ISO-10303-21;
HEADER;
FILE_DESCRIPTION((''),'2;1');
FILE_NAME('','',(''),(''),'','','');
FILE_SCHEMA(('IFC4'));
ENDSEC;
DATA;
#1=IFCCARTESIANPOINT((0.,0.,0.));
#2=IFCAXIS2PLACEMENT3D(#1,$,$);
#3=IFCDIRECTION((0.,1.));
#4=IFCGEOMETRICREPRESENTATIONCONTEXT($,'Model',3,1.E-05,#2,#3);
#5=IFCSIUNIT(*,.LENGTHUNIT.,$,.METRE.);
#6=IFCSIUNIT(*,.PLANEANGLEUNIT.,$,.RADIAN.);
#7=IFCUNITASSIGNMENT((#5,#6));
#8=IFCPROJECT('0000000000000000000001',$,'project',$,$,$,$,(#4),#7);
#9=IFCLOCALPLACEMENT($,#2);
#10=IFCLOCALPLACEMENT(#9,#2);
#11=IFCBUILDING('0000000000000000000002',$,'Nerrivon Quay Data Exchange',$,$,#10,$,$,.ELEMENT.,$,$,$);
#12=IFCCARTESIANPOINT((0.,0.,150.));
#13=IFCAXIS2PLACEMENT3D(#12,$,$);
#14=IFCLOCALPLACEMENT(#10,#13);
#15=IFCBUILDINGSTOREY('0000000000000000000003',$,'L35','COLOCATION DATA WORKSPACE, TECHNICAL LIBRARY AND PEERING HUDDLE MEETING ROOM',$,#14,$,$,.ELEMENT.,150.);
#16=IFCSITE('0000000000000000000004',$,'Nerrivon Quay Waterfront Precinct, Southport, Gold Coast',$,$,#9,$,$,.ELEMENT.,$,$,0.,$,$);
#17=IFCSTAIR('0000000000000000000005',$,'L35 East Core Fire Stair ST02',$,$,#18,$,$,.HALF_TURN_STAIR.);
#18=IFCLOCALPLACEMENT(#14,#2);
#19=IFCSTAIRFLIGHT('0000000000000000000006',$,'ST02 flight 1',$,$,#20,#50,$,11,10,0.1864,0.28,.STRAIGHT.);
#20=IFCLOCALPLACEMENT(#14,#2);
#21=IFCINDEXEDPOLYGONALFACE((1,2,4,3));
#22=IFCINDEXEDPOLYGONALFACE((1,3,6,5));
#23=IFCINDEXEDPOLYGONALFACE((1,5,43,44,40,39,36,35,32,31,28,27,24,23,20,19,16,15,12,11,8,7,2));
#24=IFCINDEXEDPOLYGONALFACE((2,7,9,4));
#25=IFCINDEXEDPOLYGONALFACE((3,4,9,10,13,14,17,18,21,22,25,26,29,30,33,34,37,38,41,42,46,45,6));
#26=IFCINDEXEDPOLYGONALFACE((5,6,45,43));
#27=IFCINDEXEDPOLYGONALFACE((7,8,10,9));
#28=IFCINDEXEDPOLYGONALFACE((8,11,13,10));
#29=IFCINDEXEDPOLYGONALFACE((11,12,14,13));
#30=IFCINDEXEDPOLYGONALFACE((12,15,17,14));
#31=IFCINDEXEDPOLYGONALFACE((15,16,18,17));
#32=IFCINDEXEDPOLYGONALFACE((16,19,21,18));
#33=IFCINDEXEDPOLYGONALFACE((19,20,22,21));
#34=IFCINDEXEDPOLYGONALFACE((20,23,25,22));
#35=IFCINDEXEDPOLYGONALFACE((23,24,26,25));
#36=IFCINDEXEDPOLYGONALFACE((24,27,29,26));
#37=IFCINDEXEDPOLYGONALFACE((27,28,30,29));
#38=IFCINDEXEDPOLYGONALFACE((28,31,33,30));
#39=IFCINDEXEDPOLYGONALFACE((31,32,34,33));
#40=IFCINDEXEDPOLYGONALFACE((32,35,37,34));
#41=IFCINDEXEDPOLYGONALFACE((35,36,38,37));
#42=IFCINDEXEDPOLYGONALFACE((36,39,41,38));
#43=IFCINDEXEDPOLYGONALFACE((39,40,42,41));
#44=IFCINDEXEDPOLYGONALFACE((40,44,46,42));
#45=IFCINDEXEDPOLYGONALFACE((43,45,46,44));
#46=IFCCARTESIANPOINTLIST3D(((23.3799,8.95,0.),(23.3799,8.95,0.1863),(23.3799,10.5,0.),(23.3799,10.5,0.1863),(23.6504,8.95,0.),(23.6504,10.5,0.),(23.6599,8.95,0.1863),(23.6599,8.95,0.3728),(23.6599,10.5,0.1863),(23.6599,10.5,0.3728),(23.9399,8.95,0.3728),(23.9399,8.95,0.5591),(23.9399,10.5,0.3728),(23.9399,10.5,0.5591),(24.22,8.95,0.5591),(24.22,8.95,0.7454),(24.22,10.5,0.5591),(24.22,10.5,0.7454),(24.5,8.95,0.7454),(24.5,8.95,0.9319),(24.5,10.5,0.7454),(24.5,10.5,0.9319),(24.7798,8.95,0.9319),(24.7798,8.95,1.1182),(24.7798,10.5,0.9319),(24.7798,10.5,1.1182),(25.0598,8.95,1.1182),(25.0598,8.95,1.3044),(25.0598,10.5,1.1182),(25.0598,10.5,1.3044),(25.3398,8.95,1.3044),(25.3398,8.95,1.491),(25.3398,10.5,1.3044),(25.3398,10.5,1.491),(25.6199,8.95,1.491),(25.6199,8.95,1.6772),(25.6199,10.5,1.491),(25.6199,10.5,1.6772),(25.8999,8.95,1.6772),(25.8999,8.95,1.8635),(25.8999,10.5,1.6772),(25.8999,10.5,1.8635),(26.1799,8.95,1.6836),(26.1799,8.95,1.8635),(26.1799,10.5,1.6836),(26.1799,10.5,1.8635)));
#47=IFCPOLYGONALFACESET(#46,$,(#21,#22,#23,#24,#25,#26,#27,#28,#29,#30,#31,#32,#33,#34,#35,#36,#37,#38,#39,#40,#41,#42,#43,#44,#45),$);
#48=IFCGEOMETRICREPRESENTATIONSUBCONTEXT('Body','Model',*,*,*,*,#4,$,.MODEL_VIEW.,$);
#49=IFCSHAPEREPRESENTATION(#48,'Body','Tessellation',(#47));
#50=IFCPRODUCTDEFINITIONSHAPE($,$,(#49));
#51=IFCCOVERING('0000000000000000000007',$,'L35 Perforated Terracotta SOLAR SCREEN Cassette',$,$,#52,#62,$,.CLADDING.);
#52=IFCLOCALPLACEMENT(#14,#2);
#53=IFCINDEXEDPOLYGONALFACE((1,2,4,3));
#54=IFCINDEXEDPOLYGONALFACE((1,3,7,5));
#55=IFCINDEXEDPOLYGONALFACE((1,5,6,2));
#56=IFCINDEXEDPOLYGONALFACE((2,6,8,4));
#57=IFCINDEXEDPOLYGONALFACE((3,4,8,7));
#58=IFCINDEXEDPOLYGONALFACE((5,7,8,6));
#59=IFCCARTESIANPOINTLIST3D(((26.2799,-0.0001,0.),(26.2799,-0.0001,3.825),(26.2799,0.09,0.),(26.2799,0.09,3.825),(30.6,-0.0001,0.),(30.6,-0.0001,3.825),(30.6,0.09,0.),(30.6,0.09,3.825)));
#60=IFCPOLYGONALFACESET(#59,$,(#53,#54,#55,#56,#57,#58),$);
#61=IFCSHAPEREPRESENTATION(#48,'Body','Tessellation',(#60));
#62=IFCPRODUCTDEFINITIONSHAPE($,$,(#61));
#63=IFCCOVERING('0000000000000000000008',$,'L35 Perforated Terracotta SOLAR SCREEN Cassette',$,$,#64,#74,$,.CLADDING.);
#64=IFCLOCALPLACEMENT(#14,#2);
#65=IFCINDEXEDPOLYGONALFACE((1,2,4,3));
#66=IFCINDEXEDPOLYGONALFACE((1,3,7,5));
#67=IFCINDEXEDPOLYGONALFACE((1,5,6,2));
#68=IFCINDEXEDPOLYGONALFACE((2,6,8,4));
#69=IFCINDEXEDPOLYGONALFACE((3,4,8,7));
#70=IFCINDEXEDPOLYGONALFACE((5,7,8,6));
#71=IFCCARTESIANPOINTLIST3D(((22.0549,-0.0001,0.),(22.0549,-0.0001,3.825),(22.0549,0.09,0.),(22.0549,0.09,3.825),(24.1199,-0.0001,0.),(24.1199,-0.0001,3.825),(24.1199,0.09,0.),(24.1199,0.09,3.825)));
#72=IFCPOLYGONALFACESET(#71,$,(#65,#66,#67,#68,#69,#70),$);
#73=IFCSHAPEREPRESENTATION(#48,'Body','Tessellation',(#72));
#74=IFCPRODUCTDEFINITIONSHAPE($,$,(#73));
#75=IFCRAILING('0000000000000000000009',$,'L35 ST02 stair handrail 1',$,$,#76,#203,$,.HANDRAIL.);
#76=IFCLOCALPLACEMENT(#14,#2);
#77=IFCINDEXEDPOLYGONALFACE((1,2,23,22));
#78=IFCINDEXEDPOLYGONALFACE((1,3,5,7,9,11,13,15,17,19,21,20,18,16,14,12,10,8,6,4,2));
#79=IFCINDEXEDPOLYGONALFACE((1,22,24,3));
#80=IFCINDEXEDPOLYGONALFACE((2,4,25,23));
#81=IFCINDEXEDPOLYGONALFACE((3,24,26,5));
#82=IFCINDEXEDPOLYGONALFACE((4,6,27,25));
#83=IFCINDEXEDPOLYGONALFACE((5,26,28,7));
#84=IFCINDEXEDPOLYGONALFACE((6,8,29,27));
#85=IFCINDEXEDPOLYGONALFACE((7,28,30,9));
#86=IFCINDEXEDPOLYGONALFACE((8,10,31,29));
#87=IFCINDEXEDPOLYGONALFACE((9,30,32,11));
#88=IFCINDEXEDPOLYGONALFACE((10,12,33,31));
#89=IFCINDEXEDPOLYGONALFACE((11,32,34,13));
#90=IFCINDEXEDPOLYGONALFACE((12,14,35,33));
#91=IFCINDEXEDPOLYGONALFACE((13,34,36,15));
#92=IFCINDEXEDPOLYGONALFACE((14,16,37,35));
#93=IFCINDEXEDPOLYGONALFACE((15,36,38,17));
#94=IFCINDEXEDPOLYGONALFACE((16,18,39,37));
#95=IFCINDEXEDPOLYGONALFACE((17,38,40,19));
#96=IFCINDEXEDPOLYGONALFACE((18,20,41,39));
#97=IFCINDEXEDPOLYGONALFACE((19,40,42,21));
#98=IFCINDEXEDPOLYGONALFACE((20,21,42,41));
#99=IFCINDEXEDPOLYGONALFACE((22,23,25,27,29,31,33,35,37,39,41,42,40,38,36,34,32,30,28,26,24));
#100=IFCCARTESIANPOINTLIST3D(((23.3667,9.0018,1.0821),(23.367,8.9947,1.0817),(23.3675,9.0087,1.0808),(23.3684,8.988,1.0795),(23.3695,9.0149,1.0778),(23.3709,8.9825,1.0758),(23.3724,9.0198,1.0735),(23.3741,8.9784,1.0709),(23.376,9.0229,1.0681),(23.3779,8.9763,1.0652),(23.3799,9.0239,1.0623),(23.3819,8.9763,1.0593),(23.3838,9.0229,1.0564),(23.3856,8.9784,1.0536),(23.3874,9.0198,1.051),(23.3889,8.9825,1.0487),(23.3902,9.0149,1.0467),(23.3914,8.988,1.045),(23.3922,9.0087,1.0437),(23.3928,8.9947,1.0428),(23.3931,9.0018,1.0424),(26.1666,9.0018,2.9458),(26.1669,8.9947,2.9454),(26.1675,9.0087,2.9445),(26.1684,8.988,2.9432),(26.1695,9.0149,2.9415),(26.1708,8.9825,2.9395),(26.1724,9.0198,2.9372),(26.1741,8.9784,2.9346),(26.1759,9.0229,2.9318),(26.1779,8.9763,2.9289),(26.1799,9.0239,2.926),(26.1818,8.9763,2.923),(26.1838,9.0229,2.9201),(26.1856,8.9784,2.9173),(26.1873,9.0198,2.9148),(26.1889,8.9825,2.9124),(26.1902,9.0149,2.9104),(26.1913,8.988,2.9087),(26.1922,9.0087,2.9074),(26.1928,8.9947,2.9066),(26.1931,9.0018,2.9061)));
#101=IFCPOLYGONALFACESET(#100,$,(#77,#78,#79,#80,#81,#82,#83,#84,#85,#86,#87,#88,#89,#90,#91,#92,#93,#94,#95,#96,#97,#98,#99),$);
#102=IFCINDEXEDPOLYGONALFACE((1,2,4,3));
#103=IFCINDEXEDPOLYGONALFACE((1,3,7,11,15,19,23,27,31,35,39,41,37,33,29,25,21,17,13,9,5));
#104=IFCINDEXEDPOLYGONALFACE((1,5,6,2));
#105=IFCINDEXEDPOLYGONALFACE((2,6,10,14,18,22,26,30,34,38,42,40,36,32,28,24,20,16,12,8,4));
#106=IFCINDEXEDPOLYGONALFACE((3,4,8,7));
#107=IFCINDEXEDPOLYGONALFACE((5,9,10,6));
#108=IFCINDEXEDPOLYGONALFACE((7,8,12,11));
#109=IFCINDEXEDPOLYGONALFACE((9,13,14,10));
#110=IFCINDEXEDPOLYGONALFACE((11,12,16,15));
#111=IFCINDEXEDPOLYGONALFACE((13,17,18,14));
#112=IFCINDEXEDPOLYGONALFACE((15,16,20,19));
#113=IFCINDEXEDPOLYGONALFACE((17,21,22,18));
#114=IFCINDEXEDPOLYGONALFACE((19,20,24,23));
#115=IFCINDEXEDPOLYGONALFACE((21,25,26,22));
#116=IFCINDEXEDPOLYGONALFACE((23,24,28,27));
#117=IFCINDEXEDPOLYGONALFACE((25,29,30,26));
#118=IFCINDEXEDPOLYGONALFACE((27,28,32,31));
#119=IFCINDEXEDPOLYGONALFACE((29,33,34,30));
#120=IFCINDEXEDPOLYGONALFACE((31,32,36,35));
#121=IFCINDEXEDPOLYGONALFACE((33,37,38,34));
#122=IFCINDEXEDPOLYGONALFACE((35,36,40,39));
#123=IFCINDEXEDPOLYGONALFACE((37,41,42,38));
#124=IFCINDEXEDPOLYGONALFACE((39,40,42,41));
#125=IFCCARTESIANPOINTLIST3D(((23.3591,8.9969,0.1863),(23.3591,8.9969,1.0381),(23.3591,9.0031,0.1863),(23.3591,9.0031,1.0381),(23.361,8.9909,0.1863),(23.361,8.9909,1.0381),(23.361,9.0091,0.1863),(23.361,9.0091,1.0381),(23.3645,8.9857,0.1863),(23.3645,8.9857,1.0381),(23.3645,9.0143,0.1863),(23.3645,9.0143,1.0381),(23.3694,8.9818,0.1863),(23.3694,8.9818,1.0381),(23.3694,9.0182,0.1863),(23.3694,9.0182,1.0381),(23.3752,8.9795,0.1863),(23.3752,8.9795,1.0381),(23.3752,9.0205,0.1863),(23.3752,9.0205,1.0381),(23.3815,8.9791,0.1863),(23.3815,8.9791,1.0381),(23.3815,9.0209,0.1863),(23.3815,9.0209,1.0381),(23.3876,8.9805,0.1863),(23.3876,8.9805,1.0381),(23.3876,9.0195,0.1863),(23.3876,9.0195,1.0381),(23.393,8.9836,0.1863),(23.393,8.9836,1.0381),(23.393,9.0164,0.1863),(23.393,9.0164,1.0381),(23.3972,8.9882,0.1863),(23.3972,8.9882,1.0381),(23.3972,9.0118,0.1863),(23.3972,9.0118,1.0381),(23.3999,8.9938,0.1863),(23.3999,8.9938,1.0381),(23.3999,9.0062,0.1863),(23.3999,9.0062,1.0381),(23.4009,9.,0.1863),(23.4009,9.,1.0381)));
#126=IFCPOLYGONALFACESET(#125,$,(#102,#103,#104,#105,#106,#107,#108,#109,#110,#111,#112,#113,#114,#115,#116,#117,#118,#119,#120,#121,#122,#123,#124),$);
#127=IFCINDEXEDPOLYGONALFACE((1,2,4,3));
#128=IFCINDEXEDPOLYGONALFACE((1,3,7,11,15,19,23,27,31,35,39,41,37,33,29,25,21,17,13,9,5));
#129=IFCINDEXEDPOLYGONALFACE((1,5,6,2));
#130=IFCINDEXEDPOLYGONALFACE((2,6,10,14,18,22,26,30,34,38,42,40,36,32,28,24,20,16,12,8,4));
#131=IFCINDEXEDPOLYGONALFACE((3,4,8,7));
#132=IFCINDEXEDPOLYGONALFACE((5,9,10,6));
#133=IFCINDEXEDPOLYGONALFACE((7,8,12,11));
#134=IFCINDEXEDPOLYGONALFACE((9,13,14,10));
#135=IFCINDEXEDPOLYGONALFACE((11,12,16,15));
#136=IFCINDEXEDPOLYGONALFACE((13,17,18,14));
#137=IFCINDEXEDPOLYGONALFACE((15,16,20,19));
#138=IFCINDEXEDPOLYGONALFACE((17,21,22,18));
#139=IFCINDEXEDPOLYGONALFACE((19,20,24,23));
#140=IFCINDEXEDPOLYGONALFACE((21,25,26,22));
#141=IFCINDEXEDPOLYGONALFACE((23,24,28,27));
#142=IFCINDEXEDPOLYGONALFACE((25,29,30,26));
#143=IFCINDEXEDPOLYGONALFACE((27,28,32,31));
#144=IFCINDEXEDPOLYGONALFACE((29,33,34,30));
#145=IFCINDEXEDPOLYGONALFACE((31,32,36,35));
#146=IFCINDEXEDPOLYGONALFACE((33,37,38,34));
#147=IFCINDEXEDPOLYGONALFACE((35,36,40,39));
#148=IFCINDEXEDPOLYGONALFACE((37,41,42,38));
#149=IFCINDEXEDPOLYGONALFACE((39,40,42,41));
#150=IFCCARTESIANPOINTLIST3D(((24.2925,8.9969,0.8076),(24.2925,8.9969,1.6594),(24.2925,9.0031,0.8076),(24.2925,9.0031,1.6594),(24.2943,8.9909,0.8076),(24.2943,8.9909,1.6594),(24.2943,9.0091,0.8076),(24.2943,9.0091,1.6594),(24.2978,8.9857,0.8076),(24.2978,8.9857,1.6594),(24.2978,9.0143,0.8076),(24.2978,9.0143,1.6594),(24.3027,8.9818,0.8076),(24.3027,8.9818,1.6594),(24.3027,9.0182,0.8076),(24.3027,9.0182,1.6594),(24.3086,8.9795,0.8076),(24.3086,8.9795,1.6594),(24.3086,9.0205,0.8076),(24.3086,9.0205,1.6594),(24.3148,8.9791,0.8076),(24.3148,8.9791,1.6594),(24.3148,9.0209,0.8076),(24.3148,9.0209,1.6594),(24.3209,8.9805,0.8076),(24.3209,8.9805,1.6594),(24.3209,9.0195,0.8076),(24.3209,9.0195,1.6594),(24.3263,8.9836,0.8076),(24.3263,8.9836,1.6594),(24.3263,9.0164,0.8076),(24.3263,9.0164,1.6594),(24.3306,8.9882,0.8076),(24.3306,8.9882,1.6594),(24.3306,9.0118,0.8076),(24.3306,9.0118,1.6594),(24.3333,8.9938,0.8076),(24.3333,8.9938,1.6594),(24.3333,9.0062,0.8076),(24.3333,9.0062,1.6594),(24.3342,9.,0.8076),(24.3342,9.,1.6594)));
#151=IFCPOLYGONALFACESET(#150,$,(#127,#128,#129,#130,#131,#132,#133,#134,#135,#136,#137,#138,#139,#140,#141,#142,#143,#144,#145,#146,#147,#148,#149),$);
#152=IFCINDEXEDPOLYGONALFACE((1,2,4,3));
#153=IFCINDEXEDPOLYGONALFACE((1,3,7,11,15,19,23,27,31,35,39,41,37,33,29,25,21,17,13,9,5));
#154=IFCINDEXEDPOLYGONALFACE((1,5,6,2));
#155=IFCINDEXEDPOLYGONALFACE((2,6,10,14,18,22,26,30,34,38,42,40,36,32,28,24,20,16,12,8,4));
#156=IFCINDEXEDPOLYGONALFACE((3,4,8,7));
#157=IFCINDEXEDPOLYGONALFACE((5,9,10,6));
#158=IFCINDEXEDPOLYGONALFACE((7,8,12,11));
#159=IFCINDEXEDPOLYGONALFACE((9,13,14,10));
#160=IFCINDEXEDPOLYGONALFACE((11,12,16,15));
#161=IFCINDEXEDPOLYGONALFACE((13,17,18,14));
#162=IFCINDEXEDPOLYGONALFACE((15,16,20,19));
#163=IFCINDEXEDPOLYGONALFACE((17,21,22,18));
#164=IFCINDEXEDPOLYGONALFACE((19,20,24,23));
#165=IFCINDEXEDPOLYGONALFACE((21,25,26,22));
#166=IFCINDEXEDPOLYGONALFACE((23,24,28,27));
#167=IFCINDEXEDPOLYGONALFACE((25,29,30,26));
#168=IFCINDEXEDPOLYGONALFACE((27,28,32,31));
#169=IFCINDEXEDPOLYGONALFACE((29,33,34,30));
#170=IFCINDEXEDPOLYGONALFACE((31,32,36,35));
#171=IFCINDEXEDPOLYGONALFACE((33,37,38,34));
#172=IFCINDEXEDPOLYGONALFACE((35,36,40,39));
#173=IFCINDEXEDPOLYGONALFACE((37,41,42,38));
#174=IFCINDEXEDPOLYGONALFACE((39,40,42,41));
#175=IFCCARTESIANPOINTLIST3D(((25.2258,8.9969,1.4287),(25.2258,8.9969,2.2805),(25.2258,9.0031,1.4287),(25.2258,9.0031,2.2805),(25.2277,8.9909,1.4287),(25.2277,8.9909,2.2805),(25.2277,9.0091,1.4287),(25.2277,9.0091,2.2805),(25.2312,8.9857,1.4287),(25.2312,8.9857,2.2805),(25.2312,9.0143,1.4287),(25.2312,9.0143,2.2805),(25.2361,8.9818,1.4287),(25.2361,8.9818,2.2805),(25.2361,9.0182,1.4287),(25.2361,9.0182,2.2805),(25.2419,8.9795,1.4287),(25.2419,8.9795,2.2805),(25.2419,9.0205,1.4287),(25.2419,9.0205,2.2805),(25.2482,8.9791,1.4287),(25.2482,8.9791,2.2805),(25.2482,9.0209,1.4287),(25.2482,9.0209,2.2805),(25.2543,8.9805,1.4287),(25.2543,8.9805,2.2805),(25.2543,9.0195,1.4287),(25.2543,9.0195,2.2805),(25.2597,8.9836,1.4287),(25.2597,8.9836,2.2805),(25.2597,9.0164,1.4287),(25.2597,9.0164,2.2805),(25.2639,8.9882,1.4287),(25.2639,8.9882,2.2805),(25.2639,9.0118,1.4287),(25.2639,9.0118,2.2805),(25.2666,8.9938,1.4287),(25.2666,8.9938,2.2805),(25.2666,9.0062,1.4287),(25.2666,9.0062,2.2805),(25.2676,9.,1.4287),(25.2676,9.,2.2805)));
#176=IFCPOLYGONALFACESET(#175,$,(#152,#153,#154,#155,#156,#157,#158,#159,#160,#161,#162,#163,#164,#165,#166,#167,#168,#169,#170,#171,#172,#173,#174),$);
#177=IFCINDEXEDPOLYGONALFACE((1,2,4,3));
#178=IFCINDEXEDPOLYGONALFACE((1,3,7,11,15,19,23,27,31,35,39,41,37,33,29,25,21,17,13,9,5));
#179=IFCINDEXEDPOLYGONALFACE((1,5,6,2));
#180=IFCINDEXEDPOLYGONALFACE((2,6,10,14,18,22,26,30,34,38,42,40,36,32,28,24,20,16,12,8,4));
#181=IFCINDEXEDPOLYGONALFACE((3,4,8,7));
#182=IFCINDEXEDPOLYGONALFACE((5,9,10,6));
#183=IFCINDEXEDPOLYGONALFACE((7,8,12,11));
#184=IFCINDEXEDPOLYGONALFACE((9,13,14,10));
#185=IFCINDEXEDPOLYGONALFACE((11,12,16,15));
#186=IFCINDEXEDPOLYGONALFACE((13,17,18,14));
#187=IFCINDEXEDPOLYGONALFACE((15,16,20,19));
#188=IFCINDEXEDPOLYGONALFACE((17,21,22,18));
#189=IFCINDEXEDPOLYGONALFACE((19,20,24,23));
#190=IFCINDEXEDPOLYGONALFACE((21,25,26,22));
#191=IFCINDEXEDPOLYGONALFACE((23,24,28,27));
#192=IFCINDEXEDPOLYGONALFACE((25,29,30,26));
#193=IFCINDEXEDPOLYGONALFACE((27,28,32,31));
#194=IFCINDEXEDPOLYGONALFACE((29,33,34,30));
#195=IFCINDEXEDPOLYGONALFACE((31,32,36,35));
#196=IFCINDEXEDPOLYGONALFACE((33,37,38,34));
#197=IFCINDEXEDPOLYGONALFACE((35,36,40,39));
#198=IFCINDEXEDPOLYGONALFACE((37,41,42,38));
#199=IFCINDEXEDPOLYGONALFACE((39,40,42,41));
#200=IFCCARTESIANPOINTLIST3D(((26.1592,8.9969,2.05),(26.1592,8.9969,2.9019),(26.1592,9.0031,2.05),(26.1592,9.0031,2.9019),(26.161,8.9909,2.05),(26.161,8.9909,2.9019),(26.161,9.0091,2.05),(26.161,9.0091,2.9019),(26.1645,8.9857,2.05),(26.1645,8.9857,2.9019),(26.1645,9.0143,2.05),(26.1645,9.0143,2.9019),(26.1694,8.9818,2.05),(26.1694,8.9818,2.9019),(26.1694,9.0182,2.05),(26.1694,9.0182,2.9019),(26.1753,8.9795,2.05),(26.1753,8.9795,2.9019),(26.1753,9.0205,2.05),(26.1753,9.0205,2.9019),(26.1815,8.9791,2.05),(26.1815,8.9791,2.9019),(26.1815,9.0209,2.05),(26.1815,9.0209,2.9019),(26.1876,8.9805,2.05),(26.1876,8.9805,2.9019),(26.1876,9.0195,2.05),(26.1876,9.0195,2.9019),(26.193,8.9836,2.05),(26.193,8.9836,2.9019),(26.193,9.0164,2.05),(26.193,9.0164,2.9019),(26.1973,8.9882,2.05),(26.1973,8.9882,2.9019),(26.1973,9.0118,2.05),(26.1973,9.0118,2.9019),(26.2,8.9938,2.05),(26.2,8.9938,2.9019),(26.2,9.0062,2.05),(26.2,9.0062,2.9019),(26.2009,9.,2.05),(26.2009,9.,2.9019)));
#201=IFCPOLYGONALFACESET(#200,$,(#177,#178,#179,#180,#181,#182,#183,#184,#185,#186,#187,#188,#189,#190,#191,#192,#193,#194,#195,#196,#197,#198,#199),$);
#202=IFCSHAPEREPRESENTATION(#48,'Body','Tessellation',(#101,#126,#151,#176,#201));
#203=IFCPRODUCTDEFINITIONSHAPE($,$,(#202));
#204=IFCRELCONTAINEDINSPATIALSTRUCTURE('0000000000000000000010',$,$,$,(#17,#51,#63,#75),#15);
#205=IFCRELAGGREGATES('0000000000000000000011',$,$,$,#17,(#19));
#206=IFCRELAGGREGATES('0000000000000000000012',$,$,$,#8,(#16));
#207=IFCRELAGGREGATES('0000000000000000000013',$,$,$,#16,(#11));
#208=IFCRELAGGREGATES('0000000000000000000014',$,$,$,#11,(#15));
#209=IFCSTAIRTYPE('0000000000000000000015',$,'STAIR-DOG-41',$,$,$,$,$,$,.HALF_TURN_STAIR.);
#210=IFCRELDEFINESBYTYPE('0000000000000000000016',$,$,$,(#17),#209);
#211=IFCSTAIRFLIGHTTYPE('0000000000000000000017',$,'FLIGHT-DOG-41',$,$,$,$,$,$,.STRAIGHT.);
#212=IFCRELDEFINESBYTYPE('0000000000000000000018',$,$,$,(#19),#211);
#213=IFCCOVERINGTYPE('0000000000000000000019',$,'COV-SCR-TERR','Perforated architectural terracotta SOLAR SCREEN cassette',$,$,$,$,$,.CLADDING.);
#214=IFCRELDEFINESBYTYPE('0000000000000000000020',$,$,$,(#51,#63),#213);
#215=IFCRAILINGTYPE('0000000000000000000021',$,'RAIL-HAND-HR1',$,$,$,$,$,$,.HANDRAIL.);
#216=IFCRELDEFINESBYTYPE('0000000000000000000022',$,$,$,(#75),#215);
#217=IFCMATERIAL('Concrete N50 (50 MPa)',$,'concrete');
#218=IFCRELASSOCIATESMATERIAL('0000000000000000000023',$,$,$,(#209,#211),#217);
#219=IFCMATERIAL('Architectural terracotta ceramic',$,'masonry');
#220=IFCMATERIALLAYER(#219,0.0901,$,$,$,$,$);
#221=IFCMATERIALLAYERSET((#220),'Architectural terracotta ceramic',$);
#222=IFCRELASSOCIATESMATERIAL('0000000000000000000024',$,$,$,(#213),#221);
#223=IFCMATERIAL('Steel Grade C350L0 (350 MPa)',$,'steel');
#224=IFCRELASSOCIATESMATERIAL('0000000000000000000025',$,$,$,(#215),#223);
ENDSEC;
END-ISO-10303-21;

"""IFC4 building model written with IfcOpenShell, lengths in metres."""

from ifc_helpers import new_model, si_unit, direction, frame, origin, origin_2d, place, context, subcontext, project, spatial, polyline, rectangle, circle, outline, extrude, material, layer, layer_set, type_object, element, aggregate, save


model = new_model("IFC4")

# Units and contexts
model_context = context("Model", 3, precision=1e-05, world=origin(), true_north=direction((0.0, 1.0)))
body_context = subcontext(model_context, "Body", "Model", "MODEL_VIEW")
ifc_project = project(units=[si_unit("LENGTHUNIT", "METRE"), si_unit("PLANEANGLEUNIT", "RADIAN")], contexts=[model_context])

# Site, building, storey
site_placement = place(None, origin())
site = spatial("IfcSite", under=ifc_project, at=site_placement, Name="Nerrivon Quay Waterfront Precinct, Southport, Gold Coast", CompositionType="ELEMENT", RefElevation=0.0)
building_placement = place(site_placement, origin())
building = spatial("IfcBuilding", under=site, at=building_placement, Name="Nerrivon Quay Data Exchange", CompositionType="ELEMENT")
storey_placement = place(building_placement, frame((0.0, 0.0, 150.0)))
storey = spatial("IfcBuildingStorey", under=building, at=storey_placement, Name="L35", Description="COLOCATION DATA WORKSPACE, TECHNICAL LIBRARY AND PEERING HUDDLE MEETING ROOM", CompositionType="ELEMENT", Elevation=150.0)

# Shared definitions
ifc_material_1 = material(Name="Concrete N50 (50 MPa)", Category="concrete")

# Stair, stair flight
stair_type = type_object("IfcStairType", Name="STAIR-DOG-41", PredefinedType="HALF_TURN_STAIR", material=ifc_material_1)
stair_placement = place(storey_placement, origin())
stair = element("IfcStair", 1, at=stair_placement, inside=storey, type_object=stair_type, Name="L35 East Core Fire Stair ST02", PredefinedType="HALF_TURN_STAIR")
stair_flight_type = type_object("IfcStairFlightType", Name="FLIGHT-DOG-41", PredefinedType="STRAIGHT", material=ifc_material_1)
stair_flight_placement = place(storey_placement, frame((23.3799, 9.7251, 0.0), z_axis=(0.0, 0.0, 1.0), x_axis=(1.0, 0.0, 0.0)))
stair_flight = element("IfcStairFlight", 2, at=stair_flight_placement, type_object=stair_flight_type, Name="ST02 flight 1", NumberOfRisers=11, NumberOfTreads=10, PredefinedType="STRAIGHT", RiserHeight=0.1864, TreadLength=0.28, context=body_context, shape_type="SweptSolid", body=[
    extrude(outline(polyline([(0.0, 0.0), (0.0, 0.1863), (0.28, 0.1863), (0.28, 0.3728), (0.5601, 0.3728), (0.5601, 0.5591), (0.8401, 0.5591), (0.8401, 0.7454), (1.1201, 0.7454), (1.1201, 0.9319), (1.3999, 0.9319), (1.3999, 1.1182), (1.6799, 1.1182), (1.6799, 1.3044), (1.96, 1.3044), (1.96, 1.491), (2.24, 1.491), (2.24, 1.6772), (2.52, 1.6772), (2.52, 1.8635), (2.8, 1.8635), (2.8, 2.05), (2.8, 1.6836), (0.2705, 0.0), (0.0, 0.0)])), frame((0.0, 0.7749, 0.0), z_axis=(0.0, -1.0, 0.0), x_axis=(1.0, 0.0, 0.0)), (0.0, 0.0, 1.0), 1.55),
])
aggregate(stair, [stair_flight])

# Coverings
ifc_material_2 = material(Name="Architectural terracotta ceramic", Category="masonry")
ifc_layer_1 = layer(ifc_material_2, 0.0901)
ifc_layer_set_1 = layer_set([ifc_layer_1], Name="Architectural terracotta ceramic")
covering_type = type_object("IfcCoveringType", Name="COV-SCR-TERR", Description="Perforated architectural terracotta SOLAR SCREEN cassette", PredefinedType="CLADDING", material=ifc_layer_set_1)
covering_1_placement = place(storey_placement, frame((28.4399, 0.0449, 0.0), z_axis=(0.0, 0.0, 1.0), x_axis=(-1.0, 0.0, 0.0)))
element("IfcCovering", 3, at=covering_1_placement, inside=storey, type_object=covering_type, Name="L35 Perforated Terracotta SOLAR SCREEN Cassette", PredefinedType="CLADDING", context=body_context, shape_type="SweptSolid", body=[
    extrude(rectangle(XDim=4.3201, YDim=0.0901, at=origin_2d()), origin(), (0.0, 0.0, 1.0), 3.825),
])
covering_2_placement = place(storey_placement, frame((23.0874, 0.0449, 0.0), z_axis=(0.0, 0.0, 1.0), x_axis=(-1.0, 0.0, 0.0)))
element("IfcCovering", 4, at=covering_2_placement, inside=storey, type_object=covering_type, Name="L35 Perforated Terracotta SOLAR SCREEN Cassette", PredefinedType="CLADDING", context=body_context, shape_type="SweptSolid", body=[
    extrude(rectangle(XDim=2.0649, YDim=0.0901, at=origin_2d()), origin(), (0.0, 0.0, 1.0), 3.825),
])

# Railing
ifc_material_3 = material(Name="Steel Grade C350L0 (350 MPa)", Category="steel")
railing_type = type_object("IfcRailingType", Name="RAIL-HAND-HR1", PredefinedType="HANDRAIL", material=ifc_material_3)
railing_placement = place(storey_placement, frame((23.3799, 9.0, 0.1863)))
element("IfcRailing", 5, at=railing_placement, inside=storey, type_object=railing_type, Name="L35 ST02 stair handrail 1", PredefinedType="HANDRAIL", context=body_context, shape_type="SweptSolid", body=[
    extrude(circle(Radius=0.0239, at=origin_2d()), frame((0.0, 0.0, 0.876), z_axis=(0.832452, 0.0, 0.554097), x_axis=(0.0, 1.0, 0.0)), (0.0, 0.0, 1.0), 3.3635),
    extrude(circle(Radius=0.021, at=origin_2d()), origin(), (0.0, 0.0, 1.0), 0.8518),
    extrude(circle(Radius=0.021, at=origin_2d()), frame((0.9333, 0.0, 0.6213)), (0.0, 0.0, 1.0), 0.8518),
    extrude(circle(Radius=0.021, at=origin_2d()), frame((1.8667, 0.0, 1.2424)), (0.0, 0.0, 1.0), 0.8518),
    extrude(circle(Radius=0.021, at=origin_2d()), frame((2.8, 0.0, 1.8638)), (0.0, 0.0, 1.0), 0.8518),
])

save(model, "model.ifc")
